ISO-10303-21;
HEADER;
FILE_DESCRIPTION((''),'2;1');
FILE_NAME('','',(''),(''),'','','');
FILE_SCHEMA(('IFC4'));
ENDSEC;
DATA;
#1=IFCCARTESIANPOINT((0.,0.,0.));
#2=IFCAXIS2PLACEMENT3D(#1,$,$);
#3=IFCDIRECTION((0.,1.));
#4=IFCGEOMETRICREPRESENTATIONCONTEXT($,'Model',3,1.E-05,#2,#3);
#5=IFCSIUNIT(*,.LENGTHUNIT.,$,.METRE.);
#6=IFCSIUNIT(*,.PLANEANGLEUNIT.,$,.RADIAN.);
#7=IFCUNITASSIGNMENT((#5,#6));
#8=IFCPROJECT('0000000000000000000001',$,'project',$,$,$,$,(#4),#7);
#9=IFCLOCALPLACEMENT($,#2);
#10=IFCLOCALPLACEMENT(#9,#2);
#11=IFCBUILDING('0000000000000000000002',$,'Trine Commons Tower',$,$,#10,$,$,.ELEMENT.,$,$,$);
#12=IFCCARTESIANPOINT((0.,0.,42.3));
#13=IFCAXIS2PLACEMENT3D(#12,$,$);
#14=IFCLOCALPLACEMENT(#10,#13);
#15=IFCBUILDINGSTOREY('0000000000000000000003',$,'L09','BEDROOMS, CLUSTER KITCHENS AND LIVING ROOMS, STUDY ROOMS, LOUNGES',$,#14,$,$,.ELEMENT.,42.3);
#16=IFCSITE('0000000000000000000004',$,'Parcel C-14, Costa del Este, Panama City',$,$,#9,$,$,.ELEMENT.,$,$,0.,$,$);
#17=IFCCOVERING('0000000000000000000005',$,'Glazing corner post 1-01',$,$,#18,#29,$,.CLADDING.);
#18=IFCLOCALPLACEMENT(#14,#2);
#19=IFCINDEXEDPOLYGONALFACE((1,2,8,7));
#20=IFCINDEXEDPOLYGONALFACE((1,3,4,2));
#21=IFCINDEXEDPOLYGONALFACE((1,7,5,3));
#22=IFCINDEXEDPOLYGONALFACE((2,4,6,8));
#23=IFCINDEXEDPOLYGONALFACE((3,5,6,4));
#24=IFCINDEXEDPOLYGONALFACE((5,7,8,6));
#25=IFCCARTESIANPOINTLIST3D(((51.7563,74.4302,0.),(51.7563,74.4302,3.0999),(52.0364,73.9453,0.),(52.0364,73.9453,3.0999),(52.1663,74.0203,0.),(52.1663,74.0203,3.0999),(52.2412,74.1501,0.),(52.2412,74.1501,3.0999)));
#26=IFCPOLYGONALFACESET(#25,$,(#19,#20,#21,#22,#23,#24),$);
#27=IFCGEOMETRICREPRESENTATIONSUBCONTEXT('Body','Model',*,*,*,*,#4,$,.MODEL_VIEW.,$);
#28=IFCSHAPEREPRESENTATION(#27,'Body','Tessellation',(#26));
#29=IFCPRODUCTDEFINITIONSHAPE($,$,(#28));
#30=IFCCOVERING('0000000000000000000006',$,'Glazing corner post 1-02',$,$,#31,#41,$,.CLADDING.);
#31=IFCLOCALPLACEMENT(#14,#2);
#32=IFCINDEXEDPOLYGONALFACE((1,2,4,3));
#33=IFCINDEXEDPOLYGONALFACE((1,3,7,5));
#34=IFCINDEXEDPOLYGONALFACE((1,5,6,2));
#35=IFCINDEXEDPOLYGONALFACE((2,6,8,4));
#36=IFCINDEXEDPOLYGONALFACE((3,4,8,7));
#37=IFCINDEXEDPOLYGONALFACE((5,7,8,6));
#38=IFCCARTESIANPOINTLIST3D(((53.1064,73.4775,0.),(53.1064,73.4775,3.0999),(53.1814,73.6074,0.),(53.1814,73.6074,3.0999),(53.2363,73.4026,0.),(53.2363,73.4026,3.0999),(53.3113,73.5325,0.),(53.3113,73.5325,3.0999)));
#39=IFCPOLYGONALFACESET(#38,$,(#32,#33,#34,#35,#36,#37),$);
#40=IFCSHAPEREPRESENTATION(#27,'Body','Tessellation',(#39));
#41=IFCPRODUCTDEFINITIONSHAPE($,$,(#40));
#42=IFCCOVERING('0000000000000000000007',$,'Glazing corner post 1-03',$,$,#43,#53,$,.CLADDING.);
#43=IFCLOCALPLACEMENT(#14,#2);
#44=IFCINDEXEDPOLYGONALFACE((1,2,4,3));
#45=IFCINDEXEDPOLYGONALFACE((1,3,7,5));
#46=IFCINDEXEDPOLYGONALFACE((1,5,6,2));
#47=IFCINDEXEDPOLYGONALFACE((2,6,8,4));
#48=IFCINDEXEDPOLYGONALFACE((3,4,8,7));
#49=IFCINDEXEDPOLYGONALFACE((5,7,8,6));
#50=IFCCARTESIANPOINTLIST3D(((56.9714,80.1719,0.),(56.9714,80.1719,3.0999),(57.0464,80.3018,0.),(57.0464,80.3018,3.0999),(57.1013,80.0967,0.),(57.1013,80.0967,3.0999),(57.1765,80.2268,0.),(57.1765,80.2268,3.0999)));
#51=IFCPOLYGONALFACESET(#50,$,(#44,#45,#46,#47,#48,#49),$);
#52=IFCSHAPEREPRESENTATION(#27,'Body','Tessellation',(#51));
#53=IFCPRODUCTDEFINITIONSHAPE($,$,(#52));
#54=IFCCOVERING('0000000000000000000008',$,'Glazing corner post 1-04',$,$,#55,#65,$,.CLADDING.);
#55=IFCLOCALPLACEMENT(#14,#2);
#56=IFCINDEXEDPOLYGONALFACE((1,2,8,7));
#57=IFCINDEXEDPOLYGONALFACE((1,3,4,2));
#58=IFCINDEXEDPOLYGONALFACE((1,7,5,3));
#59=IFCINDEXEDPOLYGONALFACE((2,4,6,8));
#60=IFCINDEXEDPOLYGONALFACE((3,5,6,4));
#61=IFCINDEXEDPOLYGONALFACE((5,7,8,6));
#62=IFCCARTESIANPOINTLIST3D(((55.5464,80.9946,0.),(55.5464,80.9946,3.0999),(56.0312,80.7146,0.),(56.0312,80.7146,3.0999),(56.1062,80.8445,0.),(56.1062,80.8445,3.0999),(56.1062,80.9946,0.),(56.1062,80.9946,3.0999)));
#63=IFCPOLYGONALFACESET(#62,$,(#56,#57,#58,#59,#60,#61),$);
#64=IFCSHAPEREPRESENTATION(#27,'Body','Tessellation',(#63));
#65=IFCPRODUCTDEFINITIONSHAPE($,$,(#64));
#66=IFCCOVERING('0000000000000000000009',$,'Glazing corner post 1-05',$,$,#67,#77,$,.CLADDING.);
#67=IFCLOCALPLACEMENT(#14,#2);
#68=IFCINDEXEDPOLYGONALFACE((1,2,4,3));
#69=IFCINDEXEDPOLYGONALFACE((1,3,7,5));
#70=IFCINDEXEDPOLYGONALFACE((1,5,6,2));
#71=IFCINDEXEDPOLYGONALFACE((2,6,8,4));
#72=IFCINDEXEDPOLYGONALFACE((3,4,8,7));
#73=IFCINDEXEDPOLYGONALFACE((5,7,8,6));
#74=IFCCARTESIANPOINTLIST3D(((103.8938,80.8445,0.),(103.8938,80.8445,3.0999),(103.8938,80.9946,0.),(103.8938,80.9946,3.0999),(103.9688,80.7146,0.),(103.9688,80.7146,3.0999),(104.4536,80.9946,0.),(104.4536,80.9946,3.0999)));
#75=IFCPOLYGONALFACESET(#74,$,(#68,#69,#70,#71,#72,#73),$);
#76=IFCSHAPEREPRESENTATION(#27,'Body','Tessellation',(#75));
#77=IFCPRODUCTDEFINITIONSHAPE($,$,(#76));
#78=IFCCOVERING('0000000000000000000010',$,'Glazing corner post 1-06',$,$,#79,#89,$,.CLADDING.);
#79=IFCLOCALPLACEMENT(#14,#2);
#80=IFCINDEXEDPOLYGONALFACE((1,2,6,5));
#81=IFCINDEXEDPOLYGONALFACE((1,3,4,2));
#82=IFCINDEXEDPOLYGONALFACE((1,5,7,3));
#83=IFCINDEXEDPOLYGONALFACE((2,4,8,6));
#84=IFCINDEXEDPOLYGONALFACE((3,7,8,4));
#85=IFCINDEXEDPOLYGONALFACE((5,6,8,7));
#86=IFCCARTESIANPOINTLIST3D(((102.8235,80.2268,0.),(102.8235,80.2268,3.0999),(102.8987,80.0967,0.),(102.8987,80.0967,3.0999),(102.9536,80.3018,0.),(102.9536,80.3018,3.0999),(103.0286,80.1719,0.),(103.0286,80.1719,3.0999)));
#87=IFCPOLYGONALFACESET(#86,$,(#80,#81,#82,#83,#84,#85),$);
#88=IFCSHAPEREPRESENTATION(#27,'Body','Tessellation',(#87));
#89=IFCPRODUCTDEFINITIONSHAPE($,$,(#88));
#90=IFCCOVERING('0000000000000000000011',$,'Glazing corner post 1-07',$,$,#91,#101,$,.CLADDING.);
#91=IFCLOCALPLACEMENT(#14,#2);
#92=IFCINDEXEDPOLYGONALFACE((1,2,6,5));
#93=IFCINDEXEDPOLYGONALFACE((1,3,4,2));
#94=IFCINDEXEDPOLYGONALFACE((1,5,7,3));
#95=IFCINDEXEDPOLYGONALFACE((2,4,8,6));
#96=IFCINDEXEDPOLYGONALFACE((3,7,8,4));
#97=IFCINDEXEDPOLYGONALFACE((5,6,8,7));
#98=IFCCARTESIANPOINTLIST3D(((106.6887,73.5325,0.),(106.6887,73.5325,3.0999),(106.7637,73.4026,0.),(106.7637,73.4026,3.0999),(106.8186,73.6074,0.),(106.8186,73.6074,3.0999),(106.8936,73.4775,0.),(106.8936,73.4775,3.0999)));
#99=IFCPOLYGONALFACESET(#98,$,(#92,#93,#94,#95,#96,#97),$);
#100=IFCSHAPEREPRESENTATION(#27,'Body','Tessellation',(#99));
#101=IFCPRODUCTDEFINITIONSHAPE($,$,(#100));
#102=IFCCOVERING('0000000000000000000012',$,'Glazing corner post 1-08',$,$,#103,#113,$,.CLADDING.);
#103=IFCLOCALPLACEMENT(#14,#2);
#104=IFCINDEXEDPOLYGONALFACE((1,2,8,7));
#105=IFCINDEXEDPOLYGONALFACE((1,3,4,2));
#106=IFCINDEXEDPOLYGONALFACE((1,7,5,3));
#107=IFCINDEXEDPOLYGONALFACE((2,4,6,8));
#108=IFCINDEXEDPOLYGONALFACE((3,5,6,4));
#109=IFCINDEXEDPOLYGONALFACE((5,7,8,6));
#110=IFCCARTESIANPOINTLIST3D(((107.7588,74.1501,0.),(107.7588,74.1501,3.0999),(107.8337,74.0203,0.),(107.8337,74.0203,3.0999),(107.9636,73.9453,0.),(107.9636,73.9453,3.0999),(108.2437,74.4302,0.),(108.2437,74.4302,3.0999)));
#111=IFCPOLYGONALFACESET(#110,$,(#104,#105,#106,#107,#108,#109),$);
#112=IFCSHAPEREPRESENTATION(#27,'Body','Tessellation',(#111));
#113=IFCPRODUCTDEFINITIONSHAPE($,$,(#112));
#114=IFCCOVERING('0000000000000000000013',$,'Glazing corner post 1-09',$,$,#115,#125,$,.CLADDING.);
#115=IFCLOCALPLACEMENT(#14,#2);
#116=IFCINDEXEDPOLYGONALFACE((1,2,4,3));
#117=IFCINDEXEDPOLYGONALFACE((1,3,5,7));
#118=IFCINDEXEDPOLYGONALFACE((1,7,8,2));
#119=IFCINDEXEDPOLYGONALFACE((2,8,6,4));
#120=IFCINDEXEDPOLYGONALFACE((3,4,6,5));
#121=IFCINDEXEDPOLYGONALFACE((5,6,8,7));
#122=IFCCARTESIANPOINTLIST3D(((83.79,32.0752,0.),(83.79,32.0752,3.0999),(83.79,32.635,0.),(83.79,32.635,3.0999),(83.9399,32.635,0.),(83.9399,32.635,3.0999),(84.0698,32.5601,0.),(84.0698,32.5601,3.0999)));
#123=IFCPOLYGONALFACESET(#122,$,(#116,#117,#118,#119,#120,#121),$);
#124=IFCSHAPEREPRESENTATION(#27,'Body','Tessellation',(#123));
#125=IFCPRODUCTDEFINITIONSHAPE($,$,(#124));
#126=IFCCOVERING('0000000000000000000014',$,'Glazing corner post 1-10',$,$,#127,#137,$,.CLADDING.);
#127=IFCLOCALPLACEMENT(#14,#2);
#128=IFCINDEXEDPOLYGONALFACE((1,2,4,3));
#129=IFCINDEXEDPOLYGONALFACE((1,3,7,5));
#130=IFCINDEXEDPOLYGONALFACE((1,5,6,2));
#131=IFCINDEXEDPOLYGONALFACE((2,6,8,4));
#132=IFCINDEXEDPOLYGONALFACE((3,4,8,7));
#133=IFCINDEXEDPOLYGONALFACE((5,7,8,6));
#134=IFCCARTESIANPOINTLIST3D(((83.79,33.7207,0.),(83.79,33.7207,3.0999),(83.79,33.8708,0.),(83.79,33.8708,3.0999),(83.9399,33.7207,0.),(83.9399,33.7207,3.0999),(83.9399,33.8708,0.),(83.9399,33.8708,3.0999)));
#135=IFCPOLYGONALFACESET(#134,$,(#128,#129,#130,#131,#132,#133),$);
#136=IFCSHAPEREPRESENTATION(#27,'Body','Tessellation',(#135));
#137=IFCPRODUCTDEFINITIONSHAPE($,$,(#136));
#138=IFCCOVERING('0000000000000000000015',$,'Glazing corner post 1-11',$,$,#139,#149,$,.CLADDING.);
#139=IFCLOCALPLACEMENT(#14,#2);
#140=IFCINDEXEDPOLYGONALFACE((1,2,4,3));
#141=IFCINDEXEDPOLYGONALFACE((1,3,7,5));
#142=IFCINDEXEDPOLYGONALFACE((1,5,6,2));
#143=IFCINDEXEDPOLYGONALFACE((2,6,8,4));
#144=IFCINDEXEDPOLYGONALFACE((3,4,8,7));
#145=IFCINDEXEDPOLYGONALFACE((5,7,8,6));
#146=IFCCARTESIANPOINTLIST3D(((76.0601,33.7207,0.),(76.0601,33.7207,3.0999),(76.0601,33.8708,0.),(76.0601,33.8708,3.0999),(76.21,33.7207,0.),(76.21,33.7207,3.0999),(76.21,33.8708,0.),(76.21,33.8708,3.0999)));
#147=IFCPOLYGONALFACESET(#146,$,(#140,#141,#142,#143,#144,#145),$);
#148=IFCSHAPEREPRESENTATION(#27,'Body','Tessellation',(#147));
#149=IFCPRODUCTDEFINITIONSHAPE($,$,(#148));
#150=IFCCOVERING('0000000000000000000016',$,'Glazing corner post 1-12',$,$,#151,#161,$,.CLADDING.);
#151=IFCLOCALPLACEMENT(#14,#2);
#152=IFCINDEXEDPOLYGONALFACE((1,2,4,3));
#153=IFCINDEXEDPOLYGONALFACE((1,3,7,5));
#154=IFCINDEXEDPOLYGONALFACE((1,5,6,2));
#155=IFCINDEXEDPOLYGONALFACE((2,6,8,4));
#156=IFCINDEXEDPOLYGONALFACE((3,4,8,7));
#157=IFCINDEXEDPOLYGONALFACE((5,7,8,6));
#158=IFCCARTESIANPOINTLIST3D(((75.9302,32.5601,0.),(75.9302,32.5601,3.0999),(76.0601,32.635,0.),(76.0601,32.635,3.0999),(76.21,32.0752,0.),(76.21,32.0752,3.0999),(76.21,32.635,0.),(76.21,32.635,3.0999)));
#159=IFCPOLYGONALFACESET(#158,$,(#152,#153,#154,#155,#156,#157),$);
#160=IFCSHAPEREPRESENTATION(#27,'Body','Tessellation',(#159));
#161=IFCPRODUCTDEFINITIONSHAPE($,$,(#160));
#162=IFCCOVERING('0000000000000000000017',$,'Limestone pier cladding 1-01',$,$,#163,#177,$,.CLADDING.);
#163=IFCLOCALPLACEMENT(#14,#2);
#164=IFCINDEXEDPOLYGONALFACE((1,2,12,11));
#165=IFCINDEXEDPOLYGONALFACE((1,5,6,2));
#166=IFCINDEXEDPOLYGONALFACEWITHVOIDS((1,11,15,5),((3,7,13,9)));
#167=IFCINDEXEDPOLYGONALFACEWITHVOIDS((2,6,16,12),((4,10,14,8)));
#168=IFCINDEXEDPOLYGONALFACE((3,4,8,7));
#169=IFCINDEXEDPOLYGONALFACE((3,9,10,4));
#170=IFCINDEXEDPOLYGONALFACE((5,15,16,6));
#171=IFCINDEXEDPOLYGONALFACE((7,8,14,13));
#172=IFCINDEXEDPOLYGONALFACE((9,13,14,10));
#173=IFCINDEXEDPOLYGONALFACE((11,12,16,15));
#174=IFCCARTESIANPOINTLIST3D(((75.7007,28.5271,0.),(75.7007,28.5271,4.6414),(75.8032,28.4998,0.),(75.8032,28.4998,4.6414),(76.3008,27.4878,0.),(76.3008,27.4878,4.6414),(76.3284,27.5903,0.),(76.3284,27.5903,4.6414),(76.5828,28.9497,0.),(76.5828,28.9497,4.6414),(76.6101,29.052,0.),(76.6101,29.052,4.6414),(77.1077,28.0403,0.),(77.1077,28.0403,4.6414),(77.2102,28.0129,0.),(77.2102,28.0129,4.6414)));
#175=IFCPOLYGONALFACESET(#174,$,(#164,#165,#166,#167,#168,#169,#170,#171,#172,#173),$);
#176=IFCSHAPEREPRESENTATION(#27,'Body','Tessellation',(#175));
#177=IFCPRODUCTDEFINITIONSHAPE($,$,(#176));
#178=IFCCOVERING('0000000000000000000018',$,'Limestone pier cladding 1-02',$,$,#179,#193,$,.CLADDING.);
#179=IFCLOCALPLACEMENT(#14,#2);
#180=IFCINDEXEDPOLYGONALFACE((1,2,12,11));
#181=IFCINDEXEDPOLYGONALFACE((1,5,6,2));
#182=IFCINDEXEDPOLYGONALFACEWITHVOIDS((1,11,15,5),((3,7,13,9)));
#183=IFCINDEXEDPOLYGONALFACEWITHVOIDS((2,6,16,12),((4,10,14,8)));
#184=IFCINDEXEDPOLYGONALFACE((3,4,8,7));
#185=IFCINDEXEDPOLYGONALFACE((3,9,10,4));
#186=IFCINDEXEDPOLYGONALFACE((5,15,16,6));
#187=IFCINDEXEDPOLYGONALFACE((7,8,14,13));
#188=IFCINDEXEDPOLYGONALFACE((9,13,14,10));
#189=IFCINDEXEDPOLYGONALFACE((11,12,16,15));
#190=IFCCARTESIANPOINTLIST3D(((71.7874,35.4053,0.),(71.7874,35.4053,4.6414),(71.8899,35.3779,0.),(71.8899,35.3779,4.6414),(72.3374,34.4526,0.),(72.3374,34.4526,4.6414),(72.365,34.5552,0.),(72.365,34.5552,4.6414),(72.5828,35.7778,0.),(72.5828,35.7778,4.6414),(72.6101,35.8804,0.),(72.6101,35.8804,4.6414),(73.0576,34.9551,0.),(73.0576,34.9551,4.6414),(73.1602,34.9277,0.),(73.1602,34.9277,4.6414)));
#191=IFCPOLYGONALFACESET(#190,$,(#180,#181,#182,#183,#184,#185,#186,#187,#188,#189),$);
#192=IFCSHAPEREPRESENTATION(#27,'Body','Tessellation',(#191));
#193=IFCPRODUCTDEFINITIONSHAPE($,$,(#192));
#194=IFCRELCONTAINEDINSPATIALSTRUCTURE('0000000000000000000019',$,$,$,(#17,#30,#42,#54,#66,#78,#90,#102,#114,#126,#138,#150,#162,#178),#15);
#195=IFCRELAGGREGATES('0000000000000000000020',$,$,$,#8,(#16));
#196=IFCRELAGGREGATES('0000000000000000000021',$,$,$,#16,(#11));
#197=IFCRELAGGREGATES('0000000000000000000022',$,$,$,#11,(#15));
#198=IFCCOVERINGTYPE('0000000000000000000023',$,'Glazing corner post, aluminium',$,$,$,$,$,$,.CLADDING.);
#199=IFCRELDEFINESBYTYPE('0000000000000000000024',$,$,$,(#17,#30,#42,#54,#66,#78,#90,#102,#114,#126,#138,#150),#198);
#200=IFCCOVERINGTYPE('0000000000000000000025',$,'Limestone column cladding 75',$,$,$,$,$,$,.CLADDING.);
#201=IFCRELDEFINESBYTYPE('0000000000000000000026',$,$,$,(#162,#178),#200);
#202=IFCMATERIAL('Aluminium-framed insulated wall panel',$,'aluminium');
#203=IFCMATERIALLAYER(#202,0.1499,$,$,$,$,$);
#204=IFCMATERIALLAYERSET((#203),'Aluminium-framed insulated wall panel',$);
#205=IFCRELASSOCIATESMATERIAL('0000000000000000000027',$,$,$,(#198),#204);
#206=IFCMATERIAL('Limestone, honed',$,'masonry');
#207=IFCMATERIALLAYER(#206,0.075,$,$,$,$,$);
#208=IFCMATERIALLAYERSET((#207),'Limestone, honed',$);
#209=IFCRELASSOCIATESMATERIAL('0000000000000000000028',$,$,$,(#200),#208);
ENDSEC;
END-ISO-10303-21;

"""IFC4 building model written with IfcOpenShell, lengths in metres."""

from ifc_helpers import new_model, si_unit, direction, frame, origin, place, context, subcontext, project, spatial, polyline, outline, extrude, material, layer, layer_set, type_object, element, save


model = new_model("IFC4")

# Units and contexts
model_context = context("Model", 3, precision=1e-05, world=origin(), true_north=direction((0.0, 1.0)))
body_context = subcontext(model_context, "Body", "Model", "MODEL_VIEW")
ifc_project = project(units=[si_unit("LENGTHUNIT", "METRE"), si_unit("PLANEANGLEUNIT", "RADIAN")], contexts=[model_context])

# Site, building, storey
site_placement = place(None, origin())
site = spatial("IfcSite", under=ifc_project, at=site_placement, Name="Parcel C-14, Costa del Este, Panama City", CompositionType="ELEMENT", RefElevation=0.0)
building_placement = place(site_placement, origin())
building = spatial("IfcBuilding", under=site, at=building_placement, Name="Trine Commons Tower", CompositionType="ELEMENT")
storey_placement = place(building_placement, frame((0.0, 0.0, 42.3)))
storey = spatial("IfcBuildingStorey", under=building, at=storey_placement, Name="L09", Description="BEDROOMS, CLUSTER KITCHENS AND LIVING ROOMS, STUDY ROOMS, LOUNGES", CompositionType="ELEMENT", Elevation=42.3)

# Coverings
ifc_material_1 = material(Name="Aluminium-framed insulated wall panel", Category="aluminium")
ifc_layer_1 = layer(ifc_material_1, 0.1499)
ifc_layer_set_1 = layer_set([ifc_layer_1], Name="Aluminium-framed insulated wall panel")
covering_type_1 = type_object("IfcCoveringType", Name="Glazing corner post, aluminium", PredefinedType="CLADDING", material=ifc_layer_set_1)
covering_1_placement = place(storey_placement, origin())
element("IfcCovering", 1, at=covering_1_placement, inside=storey, type_object=covering_type_1, Name="Glazing corner post 1-01", PredefinedType="CLADDING", context=body_context, shape_type="SweptSolid", body=[
    extrude(outline(polyline([(51.7563, 74.4302), (51.7563, 74.4302), (52.0364, 73.9453), (52.1663, 74.0203), (52.1663, 74.0203), (52.1663, 74.0203), (52.1663, 74.0203), (52.2412, 74.1501), (51.7563, 74.4302)])), origin(), (0.0, 0.0, 1.0), 3.0999),
])
covering_2_placement = place(storey_placement, origin())
element("IfcCovering", 2, at=covering_2_placement, inside=storey, type_object=covering_type_1, Name="Glazing corner post 1-02", PredefinedType="CLADDING", context=body_context, shape_type="SweptSolid", body=[
    extrude(outline(polyline([(53.1064, 73.4775), (53.2363, 73.4026), (53.3113, 73.5325), (53.1814, 73.6074), (53.1064, 73.4775)])), origin(), (0.0, 0.0, 1.0), 3.0999),
])
covering_3_placement = place(storey_placement, origin())
element("IfcCovering", 3, at=covering_3_placement, inside=storey, type_object=covering_type_1, Name="Glazing corner post 1-03", PredefinedType="CLADDING", context=body_context, shape_type="SweptSolid", body=[
    extrude(outline(polyline([(57.1013, 80.0967), (57.1765, 80.2268), (57.0464, 80.3018), (56.9714, 80.1719), (57.1013, 80.0967)])), origin(), (0.0, 0.0, 1.0), 3.0999),
])
covering_4_placement = place(storey_placement, origin())
element("IfcCovering", 4, at=covering_4_placement, inside=storey, type_object=covering_type_1, Name="Glazing corner post 1-04", PredefinedType="CLADDING", context=body_context, shape_type="SweptSolid", body=[
    extrude(outline(polyline([(56.0312, 80.7146), (56.1062, 80.8445), (56.1062, 80.9946), (55.5464, 80.9946), (56.0312, 80.7146)])), origin(), (0.0, 0.0, 1.0), 3.0999),
])
covering_5_placement = place(storey_placement, origin())
element("IfcCovering", 5, at=covering_5_placement, inside=storey, type_object=covering_type_1, Name="Glazing corner post 1-05", PredefinedType="CLADDING", context=body_context, shape_type="SweptSolid", body=[
    extrude(outline(polyline([(103.9688, 80.7146), (104.4536, 80.9946), (103.8938, 80.9946), (103.8938, 80.8445), (103.9688, 80.7146)])), origin(), (0.0, 0.0, 1.0), 3.0999),
])
covering_6_placement = place(storey_placement, origin())
element("IfcCovering", 6, at=covering_6_placement, inside=storey, type_object=covering_type_1, Name="Glazing corner post 1-06", PredefinedType="CLADDING", context=body_context, shape_type="SweptSolid", body=[
    extrude(outline(polyline([(102.8987, 80.0967), (103.0286, 80.1719), (102.9536, 80.3018), (102.8235, 80.2268), (102.8987, 80.0967)])), origin(), (0.0, 0.0, 1.0), 3.0999),
])
covering_7_placement = place(storey_placement, origin())
element("IfcCovering", 7, at=covering_7_placement, inside=storey, type_object=covering_type_1, Name="Glazing corner post 1-07", PredefinedType="CLADDING", context=body_context, shape_type="SweptSolid", body=[
    extrude(outline(polyline([(106.6887, 73.5325), (106.7637, 73.4026), (106.8936, 73.4775), (106.8186, 73.6074), (106.6887, 73.5325)])), origin(), (0.0, 0.0, 1.0), 3.0999),
])
covering_8_placement = place(storey_placement, origin())
element("IfcCovering", 8, at=covering_8_placement, inside=storey, type_object=covering_type_1, Name="Glazing corner post 1-08", PredefinedType="CLADDING", context=body_context, shape_type="SweptSolid", body=[
    extrude(outline(polyline([(107.9636, 73.9453), (108.2437, 74.4302), (107.7588, 74.1501), (107.8337, 74.0203), (107.9636, 73.9453)])), origin(), (0.0, 0.0, 1.0), 3.0999),
])
covering_9_placement = place(storey_placement, origin())
element("IfcCovering", 9, at=covering_9_placement, inside=storey, type_object=covering_type_1, Name="Glazing corner post 1-09", PredefinedType="CLADDING", context=body_context, shape_type="SweptSolid", body=[
    extrude(outline(polyline([(83.79, 32.635), (83.79, 32.0752), (84.0698, 32.5601), (83.9399, 32.635), (83.9399, 32.635), (83.79, 32.635)])), origin(), (0.0, 0.0, 1.0), 3.0999),
])
covering_10_placement = place(storey_placement, origin())
element("IfcCovering", 10, at=covering_10_placement, inside=storey, type_object=covering_type_1, Name="Glazing corner post 1-10", PredefinedType="CLADDING", context=body_context, shape_type="SweptSolid", body=[
    extrude(outline(polyline([(83.9399, 33.7207), (83.9399, 33.8708), (83.79, 33.8708), (83.79, 33.7207), (83.9399, 33.7207)])), origin(), (0.0, 0.0, 1.0), 3.0999),
])
covering_11_placement = place(storey_placement, origin())
element("IfcCovering", 11, at=covering_11_placement, inside=storey, type_object=covering_type_1, Name="Glazing corner post 1-11", PredefinedType="CLADDING", context=body_context, shape_type="SweptSolid", body=[
    extrude(outline(polyline([(76.21, 33.8708), (76.0601, 33.8708), (76.0601, 33.7207), (76.21, 33.7207), (76.21, 33.8708)])), origin(), (0.0, 0.0, 1.0), 3.0999),
])
covering_12_placement = place(storey_placement, origin())
element("IfcCovering", 12, at=covering_12_placement, inside=storey, type_object=covering_type_1, Name="Glazing corner post 1-12", PredefinedType="CLADDING", context=body_context, shape_type="SweptSolid", body=[
    extrude(outline(polyline([(75.9302, 32.5601), (76.21, 32.0752), (76.21, 32.635), (76.0601, 32.635), (75.9302, 32.5601)])), origin(), (0.0, 0.0, 1.0), 3.0999),
])
ifc_material_2 = material(Name="Limestone, honed", Category="masonry")
ifc_layer_2 = layer(ifc_material_2, 0.075)
ifc_layer_set_2 = layer_set([ifc_layer_2], Name="Limestone, honed")
covering_type_2 = type_object("IfcCoveringType", Name="Limestone column cladding 75", PredefinedType="CLADDING", material=ifc_layer_set_2)
covering_13_placement = place(storey_placement, origin())
element("IfcCovering", 13, at=covering_13_placement, inside=storey, type_object=covering_type_2, Name="Limestone pier cladding 1-01", PredefinedType="CLADDING", context=body_context, shape_type="SweptSolid", body=[
    extrude(outline(polyline([(76.6101, 29.052), (75.7007, 28.5271), (76.3008, 27.4878), (77.2102, 28.0129), (76.6101, 29.052)]), holes=[polyline([(76.5828, 28.9497), (75.8032, 28.4998), (76.3284, 27.5903), (77.1077, 28.0403), (76.5828, 28.9497)])]), origin(), (0.0, 0.0, 1.0), 4.6414),
])
covering_14_placement = place(storey_placement, origin())
element("IfcCovering", 14, at=covering_14_placement, inside=storey, type_object=covering_type_2, Name="Limestone pier cladding 1-02", PredefinedType="CLADDING", context=body_context, shape_type="SweptSolid", body=[
    extrude(outline(polyline([(72.6101, 35.8804), (71.7874, 35.4053), (72.3374, 34.4526), (73.1602, 34.9277), (72.6101, 35.8804)]), holes=[polyline([(72.5828, 35.7778), (71.8899, 35.3779), (72.365, 34.5552), (73.0576, 34.9551), (72.5828, 35.7778)])]), origin(), (0.0, 0.0, 1.0), 4.6414),
])

save(model, "model.ifc")
